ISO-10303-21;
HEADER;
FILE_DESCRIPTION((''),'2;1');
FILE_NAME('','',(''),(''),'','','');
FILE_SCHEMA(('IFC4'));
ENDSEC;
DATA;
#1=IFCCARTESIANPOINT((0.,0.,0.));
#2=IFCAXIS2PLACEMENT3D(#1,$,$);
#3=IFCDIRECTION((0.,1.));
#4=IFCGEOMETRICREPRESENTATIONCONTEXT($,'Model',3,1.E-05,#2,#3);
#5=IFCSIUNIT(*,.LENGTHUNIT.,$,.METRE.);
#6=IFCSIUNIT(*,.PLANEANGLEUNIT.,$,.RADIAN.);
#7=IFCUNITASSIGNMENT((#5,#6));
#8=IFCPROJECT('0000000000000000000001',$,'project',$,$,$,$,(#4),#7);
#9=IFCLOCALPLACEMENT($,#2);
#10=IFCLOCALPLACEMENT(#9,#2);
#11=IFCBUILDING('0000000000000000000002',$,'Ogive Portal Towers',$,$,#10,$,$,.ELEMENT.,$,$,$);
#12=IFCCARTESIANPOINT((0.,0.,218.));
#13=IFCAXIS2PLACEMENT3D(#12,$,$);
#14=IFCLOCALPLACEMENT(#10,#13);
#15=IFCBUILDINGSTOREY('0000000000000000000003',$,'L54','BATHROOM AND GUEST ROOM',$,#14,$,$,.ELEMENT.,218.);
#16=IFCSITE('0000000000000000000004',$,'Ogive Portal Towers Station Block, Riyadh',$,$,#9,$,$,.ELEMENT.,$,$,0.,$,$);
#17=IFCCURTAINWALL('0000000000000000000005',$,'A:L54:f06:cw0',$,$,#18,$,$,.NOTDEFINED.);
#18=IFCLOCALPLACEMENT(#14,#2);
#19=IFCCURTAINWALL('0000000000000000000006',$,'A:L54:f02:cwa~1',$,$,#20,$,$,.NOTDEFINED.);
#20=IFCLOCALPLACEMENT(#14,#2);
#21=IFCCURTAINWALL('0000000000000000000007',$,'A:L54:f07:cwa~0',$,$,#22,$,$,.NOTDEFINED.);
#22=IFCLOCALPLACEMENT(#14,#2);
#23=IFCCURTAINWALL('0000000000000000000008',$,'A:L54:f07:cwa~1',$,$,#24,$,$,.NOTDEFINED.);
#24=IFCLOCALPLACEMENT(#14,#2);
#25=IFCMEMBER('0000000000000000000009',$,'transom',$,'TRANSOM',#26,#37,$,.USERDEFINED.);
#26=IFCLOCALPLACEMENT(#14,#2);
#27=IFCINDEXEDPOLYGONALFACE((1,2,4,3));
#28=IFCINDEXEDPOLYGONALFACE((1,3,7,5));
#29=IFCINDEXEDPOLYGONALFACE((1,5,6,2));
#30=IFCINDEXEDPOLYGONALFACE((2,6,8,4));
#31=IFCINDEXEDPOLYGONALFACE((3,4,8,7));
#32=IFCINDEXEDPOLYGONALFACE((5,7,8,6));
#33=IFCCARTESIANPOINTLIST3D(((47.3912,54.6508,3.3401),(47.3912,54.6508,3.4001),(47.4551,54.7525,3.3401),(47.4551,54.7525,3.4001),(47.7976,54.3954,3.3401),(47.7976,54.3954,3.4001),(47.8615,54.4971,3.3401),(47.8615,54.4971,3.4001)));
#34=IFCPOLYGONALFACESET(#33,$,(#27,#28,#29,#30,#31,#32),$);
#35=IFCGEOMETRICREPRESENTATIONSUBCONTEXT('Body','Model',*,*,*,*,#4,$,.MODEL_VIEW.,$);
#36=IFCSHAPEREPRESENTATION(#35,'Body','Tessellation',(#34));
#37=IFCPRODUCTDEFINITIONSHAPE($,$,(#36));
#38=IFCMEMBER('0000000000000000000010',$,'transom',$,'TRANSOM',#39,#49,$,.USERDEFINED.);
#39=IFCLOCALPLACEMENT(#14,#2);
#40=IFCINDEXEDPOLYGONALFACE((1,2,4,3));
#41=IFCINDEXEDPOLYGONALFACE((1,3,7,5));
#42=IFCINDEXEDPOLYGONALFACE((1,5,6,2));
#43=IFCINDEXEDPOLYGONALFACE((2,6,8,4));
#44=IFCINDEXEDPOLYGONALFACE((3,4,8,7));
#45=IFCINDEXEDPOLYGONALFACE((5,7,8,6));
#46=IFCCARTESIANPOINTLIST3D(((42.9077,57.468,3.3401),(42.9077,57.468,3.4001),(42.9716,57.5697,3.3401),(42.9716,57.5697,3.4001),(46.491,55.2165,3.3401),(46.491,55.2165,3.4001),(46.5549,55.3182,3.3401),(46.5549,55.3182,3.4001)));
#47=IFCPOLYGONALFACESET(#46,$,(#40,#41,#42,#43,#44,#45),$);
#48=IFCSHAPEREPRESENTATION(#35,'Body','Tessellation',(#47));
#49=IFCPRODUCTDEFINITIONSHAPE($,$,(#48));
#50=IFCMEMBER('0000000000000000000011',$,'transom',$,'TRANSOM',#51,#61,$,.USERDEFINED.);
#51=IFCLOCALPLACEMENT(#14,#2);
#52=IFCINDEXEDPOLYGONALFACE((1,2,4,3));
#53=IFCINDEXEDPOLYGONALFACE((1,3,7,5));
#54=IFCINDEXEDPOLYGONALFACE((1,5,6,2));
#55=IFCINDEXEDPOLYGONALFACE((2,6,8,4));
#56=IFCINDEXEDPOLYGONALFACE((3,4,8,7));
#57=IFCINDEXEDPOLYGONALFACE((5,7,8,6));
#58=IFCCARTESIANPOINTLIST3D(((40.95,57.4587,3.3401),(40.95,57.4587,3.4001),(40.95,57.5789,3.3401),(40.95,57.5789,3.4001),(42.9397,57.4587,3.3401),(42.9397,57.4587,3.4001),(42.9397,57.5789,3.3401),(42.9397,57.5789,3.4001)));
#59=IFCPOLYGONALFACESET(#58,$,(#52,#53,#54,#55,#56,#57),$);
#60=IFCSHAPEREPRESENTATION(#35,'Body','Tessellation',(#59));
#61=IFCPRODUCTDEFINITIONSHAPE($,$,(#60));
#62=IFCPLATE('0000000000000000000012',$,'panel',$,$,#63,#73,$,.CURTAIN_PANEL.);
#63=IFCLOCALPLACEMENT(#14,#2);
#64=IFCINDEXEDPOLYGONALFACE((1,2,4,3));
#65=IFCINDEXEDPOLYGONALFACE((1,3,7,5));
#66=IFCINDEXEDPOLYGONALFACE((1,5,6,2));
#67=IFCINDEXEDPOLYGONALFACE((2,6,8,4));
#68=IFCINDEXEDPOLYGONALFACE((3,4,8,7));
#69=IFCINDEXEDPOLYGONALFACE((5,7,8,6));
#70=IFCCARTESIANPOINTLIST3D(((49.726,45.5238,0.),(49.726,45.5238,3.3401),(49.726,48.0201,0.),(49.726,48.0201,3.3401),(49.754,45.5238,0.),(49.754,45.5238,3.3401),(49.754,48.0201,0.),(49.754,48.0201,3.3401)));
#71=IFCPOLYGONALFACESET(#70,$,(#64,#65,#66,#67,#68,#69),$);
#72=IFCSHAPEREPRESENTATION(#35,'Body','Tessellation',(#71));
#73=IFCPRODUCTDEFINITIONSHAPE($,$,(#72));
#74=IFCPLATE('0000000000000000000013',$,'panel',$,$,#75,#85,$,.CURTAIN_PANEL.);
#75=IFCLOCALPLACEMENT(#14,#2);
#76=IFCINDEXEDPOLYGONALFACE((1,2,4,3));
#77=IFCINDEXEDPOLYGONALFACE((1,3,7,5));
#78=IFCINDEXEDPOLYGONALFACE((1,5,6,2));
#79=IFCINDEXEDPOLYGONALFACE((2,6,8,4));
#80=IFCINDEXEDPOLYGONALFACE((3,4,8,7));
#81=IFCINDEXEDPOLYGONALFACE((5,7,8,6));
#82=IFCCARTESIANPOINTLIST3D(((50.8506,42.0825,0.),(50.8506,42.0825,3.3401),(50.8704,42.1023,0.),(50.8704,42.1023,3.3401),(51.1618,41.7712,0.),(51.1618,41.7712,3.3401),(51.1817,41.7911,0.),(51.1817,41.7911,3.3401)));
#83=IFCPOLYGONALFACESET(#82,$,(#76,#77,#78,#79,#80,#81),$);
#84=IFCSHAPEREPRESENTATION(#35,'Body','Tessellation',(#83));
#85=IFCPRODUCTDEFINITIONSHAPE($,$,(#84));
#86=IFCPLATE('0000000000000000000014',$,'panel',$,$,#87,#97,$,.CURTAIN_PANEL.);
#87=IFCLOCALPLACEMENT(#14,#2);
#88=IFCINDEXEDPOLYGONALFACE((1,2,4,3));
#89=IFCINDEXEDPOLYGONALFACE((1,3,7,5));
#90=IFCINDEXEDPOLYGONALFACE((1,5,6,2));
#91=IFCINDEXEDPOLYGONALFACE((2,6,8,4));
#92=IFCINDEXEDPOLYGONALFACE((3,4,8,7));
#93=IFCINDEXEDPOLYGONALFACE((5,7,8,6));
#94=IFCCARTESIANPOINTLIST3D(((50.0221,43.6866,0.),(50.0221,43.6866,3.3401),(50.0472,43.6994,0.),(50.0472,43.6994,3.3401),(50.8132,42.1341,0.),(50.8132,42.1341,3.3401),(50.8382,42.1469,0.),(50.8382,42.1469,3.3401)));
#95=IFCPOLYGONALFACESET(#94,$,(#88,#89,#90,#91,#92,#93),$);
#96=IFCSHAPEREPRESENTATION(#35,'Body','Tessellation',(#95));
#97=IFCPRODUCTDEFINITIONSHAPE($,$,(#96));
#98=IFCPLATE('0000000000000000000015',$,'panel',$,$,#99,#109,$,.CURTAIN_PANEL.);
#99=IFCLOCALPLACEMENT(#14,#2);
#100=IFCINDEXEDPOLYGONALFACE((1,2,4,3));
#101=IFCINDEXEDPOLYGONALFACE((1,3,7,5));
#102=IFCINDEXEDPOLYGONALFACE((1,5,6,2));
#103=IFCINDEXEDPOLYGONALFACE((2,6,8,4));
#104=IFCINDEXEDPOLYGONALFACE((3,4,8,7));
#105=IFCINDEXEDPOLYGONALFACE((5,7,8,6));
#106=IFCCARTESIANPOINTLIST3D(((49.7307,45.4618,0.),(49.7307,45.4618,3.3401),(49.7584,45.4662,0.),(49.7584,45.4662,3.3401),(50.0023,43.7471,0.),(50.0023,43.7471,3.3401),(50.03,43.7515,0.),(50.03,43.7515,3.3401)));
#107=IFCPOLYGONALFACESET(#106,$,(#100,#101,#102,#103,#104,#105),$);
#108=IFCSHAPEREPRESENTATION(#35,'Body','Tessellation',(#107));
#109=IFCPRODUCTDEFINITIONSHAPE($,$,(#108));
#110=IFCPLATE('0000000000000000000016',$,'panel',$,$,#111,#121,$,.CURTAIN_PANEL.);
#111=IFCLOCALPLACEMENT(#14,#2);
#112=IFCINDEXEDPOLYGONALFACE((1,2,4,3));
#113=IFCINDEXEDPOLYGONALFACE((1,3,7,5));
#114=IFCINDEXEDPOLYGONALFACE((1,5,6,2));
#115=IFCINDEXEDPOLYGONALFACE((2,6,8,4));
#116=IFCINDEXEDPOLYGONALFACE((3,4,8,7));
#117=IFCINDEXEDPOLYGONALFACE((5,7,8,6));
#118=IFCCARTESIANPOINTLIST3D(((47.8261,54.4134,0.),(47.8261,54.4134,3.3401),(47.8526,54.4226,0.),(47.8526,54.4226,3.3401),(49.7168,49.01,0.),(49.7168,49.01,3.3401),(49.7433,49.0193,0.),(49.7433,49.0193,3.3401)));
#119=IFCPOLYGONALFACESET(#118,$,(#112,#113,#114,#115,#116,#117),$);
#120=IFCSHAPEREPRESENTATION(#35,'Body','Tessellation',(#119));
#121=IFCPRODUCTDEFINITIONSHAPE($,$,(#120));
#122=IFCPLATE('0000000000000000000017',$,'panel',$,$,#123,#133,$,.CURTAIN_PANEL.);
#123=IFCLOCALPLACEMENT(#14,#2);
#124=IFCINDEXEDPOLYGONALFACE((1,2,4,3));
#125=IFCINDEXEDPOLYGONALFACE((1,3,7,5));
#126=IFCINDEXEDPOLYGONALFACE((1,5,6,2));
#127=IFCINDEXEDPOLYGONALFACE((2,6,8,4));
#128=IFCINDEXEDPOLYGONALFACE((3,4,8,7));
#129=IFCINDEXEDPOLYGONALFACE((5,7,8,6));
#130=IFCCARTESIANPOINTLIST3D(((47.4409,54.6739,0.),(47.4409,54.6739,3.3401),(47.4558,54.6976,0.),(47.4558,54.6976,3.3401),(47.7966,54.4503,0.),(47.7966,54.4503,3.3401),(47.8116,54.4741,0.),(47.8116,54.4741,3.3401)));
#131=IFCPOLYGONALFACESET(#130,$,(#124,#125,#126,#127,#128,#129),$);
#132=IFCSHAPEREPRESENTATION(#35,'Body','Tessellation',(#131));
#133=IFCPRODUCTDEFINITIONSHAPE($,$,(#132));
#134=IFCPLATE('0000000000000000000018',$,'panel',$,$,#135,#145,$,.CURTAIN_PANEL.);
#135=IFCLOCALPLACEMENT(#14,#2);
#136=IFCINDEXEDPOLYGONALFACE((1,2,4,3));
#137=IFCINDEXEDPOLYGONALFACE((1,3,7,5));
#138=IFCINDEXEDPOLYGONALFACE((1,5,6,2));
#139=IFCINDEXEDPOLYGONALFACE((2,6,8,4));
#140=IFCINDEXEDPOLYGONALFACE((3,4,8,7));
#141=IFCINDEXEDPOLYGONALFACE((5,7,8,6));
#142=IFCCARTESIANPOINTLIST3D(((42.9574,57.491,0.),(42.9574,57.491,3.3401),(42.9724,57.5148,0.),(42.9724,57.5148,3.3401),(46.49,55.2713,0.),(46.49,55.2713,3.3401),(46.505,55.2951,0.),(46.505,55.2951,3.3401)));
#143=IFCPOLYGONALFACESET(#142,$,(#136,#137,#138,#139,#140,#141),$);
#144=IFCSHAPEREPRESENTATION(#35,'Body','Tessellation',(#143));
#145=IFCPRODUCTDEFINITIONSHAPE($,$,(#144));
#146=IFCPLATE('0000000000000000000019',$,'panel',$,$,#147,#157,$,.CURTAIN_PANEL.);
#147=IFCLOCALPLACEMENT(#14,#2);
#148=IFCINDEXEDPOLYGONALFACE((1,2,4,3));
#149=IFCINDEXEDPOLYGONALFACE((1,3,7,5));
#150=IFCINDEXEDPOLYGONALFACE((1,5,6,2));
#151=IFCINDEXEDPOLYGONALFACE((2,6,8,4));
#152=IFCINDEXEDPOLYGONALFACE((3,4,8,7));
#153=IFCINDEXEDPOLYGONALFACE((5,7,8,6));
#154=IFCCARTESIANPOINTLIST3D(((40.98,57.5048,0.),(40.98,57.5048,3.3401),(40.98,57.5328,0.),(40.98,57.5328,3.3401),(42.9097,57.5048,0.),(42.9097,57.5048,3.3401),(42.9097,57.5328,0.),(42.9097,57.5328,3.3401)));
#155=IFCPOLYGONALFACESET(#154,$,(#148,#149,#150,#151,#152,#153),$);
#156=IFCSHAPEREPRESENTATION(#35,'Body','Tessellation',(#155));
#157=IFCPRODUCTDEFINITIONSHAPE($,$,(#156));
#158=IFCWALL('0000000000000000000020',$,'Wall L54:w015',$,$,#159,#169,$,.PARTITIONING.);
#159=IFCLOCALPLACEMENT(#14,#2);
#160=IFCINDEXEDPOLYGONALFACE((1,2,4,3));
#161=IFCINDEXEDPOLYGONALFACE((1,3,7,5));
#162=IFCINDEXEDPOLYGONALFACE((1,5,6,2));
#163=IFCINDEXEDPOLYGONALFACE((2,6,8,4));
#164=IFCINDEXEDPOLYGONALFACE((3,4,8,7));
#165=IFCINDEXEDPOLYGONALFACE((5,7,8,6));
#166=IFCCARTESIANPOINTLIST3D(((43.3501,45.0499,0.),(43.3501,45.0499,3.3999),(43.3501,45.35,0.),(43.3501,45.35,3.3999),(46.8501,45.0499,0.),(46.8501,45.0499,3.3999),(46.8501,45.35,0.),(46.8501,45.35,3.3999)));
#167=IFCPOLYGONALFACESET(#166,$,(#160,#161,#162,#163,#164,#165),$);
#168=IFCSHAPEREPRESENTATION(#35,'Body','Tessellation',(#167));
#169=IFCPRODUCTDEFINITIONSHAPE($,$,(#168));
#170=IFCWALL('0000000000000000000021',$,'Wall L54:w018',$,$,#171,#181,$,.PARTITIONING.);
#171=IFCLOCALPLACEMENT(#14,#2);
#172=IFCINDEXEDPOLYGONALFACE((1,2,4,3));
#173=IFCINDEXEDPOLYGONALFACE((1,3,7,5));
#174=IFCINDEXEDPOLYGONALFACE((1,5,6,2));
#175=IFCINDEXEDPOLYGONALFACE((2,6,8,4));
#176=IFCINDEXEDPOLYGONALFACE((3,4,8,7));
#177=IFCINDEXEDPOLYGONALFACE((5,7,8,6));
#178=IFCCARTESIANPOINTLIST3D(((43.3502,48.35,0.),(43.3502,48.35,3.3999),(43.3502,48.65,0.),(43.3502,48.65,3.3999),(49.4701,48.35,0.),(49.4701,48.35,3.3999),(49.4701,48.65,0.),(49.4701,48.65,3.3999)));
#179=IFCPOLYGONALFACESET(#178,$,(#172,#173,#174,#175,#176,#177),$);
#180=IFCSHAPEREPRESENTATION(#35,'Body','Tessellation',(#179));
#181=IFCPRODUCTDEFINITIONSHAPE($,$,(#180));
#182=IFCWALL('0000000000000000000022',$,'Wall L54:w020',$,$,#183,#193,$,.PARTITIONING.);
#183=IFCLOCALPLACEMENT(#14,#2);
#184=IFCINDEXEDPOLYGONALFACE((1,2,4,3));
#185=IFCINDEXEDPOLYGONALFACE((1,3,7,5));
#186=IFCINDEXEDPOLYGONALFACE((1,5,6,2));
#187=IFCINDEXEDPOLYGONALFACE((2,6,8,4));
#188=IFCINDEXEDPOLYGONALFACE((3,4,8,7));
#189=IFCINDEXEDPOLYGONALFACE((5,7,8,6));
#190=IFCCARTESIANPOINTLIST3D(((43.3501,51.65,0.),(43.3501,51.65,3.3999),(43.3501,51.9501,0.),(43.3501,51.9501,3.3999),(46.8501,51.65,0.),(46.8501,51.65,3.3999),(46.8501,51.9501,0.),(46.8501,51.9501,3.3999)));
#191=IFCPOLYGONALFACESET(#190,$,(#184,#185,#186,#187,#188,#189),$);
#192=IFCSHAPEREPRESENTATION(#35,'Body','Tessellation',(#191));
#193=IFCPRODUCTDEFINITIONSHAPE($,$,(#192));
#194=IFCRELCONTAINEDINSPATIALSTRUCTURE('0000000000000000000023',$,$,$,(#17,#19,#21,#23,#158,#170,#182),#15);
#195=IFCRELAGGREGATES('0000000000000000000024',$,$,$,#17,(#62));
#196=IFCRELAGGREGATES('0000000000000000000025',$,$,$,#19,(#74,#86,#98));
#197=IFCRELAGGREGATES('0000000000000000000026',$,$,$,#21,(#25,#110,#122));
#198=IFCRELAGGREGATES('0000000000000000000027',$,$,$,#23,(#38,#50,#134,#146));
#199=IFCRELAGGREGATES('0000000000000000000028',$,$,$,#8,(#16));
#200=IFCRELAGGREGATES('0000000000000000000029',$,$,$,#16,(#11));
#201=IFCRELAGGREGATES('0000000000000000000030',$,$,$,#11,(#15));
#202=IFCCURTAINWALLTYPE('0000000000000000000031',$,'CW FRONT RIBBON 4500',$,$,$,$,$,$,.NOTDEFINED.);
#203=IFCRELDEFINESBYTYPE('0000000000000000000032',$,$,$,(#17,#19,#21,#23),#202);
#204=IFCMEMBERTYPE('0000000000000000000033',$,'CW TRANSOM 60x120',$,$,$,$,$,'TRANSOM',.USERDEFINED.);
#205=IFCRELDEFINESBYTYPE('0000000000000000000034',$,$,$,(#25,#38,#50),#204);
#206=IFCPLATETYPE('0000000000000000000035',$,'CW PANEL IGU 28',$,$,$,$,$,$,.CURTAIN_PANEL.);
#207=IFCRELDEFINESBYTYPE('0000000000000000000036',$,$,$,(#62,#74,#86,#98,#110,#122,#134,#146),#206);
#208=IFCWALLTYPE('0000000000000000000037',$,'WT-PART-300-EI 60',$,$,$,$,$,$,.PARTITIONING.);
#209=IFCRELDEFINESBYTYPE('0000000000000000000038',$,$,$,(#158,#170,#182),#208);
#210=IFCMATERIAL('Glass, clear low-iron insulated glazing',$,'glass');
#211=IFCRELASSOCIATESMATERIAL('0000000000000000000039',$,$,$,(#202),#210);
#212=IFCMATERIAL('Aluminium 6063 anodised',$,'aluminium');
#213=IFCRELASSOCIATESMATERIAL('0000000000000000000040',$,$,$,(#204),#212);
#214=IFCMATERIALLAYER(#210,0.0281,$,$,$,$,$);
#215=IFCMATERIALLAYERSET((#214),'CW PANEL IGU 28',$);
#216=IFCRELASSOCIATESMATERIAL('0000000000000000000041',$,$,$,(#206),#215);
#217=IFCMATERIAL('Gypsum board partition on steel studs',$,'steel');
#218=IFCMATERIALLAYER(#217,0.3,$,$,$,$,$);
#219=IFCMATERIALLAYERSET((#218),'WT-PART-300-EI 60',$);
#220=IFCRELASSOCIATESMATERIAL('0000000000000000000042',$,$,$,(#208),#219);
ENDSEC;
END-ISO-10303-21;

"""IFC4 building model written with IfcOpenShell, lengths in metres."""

from ifc_helpers import new_model, si_unit, direction, frame, frame_2d, origin, origin_2d, place, context, subcontext, project, spatial, rectangle, extrude, material, layer, layer_set, material_profile, profile_set, type_object, element, aggregate, save


model = new_model("IFC4")

# Units and contexts
model_context = context("Model", 3, precision=1e-05, world=origin(), true_north=direction((0.0, 1.0)))
body_context = subcontext(model_context, "Body", "Model", "MODEL_VIEW")
ifc_project = project(units=[si_unit("LENGTHUNIT", "METRE"), si_unit("PLANEANGLEUNIT", "RADIAN")], contexts=[model_context])

# Site, building, storey
site_placement = place(None, origin())
site = spatial("IfcSite", under=ifc_project, at=site_placement, Name="Ogive Portal Towers Station Block, Riyadh", CompositionType="ELEMENT", RefElevation=0.0)
building_placement = place(site_placement, origin())
building = spatial("IfcBuilding", under=site, at=building_placement, Name="Ogive Portal Towers", CompositionType="ELEMENT")
storey_placement = place(building_placement, frame((0.0, 0.0, 218.0)))
storey = spatial("IfcBuildingStorey", under=building, at=storey_placement, Name="L54", Description="BATHROOM AND GUEST ROOM", CompositionType="ELEMENT", Elevation=218.0)

# Curtain walls
ifc_material_1 = material(Name="Glass, clear low-iron insulated glazing", Category="glass")
curtain_wall_type = type_object("IfcCurtainWallType", Name="CW FRONT RIBBON 4500", PredefinedType="NOTDEFINED", material=ifc_material_1)
curtain_wall_1_placement = place(storey_placement, origin())
curtain_wall_1 = element("IfcCurtainWall", 1, at=curtain_wall_1_placement, inside=storey, type_object=curtain_wall_type, Name="A:L54:f06:cw0", PredefinedType="NOTDEFINED")
ifc_material_2 = material(Name="Aluminium 6063 anodised", Category="aluminium")
curtain_wall_2_placement = place(storey_placement, origin())
curtain_wall_2 = element("IfcCurtainWall", 2, at=curtain_wall_2_placement, inside=storey, type_object=curtain_wall_type, Name="A:L54:f02:cwa~1", PredefinedType="NOTDEFINED")
curtain_wall_3_placement = place(storey_placement, origin())
curtain_wall_3 = element("IfcCurtainWall", 3, at=curtain_wall_3_placement, inside=storey, type_object=curtain_wall_type, Name="A:L54:f07:cwa~0", PredefinedType="NOTDEFINED")
curtain_wall_4_placement = place(storey_placement, origin())
curtain_wall_4 = element("IfcCurtainWall", 4, at=curtain_wall_4_placement, inside=storey, type_object=curtain_wall_type, Name="A:L54:f07:cwa~1", PredefinedType="NOTDEFINED")

# Members
ifc_material_profile_1 = material_profile(ifc_material_2, rectangle(XDim=0.1201, YDim=0.0601, at=origin_2d()), Name="AL 120x60")
ifc_profile_set_1 = profile_set([ifc_material_profile_1], Name="Aluminium 6063 anodised")
member_type_1 = type_object("IfcMemberType", Name="CW TRANSOM 60x120", ElementType="TRANSOM", PredefinedType="USERDEFINED", material=ifc_profile_set_1)
member_1_placement = place(storey_placement, frame((47.8296, 54.4463, 3.3701), z_axis=(-0.846767, 0.531963, 0.0), x_axis=(-0.531963, -0.846767, 0.0)))
member_1 = element("IfcMember", 5, at=member_1_placement, type_object=member_type_1, Name="transom", ObjectType="TRANSOM", PredefinedType="USERDEFINED", context=body_context, shape_type="SweptSolid", body=[
    extrude(rectangle(XDim=0.1201, YDim=0.0601, at=origin_2d()), origin(), (0.0, 0.0, 1.0), 0.48),
])
member_2_placement = place(storey_placement, frame((46.5229, 55.2673, 3.3701), z_axis=(-0.846729, 0.532025, 0.0), x_axis=(-0.532025, -0.846729, 0.0)))
member_2 = element("IfcMember", 6, at=member_2_placement, type_object=member_type_1, Name="transom", ObjectType="TRANSOM", PredefinedType="USERDEFINED", context=body_context, shape_type="SweptSolid", body=[
    extrude(rectangle(XDim=0.1201, YDim=0.0601, at=origin_2d()), origin(), (0.0, 0.0, 1.0), 4.2319),
])
member_3_placement = place(storey_placement, frame((42.9397, 57.5188, 3.3701), z_axis=(-1.0, 0.0, 0.0), x_axis=(0.0, -1.0, 0.0)))
member_3 = element("IfcMember", 7, at=member_3_placement, type_object=member_type_1, Name="transom", ObjectType="TRANSOM", PredefinedType="USERDEFINED", context=body_context, shape_type="SweptSolid", body=[
    extrude(rectangle(XDim=0.1201, YDim=0.0601, at=origin_2d()), origin(), (0.0, 0.0, 1.0), 1.9897),
])

# Plates
ifc_layer_1 = layer(ifc_material_1, 0.0281)
ifc_layer_set_1 = layer_set([ifc_layer_1], Name="CW PANEL IGU 28")
plate_type = type_object("IfcPlateType", Name="CW PANEL IGU 28", PredefinedType="CURTAIN_PANEL", material=ifc_layer_set_1)
plate_1_placement = place(storey_placement, frame((49.74, 46.772, 0.0), z_axis=(0.0, 0.0, 1.0), x_axis=(0.0, 1.0, 0.0)))
plate_1 = element("IfcPlate", 8, at=plate_1_placement, type_object=plate_type, Name="panel", PredefinedType="CURTAIN_PANEL", context=body_context, shape_type="SweptSolid", body=[
    extrude(rectangle(XDim=2.4963, YDim=0.0281, at=origin_2d()), origin(), (0.0, 0.0, 1.0), 3.3401),
])
aggregate(curtain_wall_1, [plate_1])
plate_2_placement = place(storey_placement, frame((51.0161, 41.9368, 0.0), z_axis=(0.0, 0.0, 1.0), x_axis=(-0.707107, 0.707107, 0.0)))
plate_2 = element("IfcPlate", 9, at=plate_2_placement, type_object=plate_type, Name="panel", PredefinedType="CURTAIN_PANEL", context=body_context, shape_type="SweptSolid", body=[
    extrude(rectangle(XDim=0.4402, YDim=0.0281, at=origin_2d()), origin(), (0.0, 0.0, 1.0), 3.3401),
])
plate_3_placement = place(storey_placement, frame((50.4302, 42.9167, 0.0), z_axis=(0.0, 0.0, 1.0), x_axis=(-0.45399, 0.891007, 0.0)))
plate_3 = element("IfcPlate", 10, at=plate_3_placement, type_object=plate_type, Name="panel", PredefinedType="CURTAIN_PANEL", context=body_context, shape_type="SweptSolid", body=[
    extrude(rectangle(XDim=1.7424, YDim=0.0281, at=origin_2d()), origin(), (0.0, 0.0, 1.0), 3.3401),
])
plate_4_placement = place(storey_placement, frame((49.8804, 44.6067, 0.0), z_axis=(0.0, 0.0, 1.0), x_axis=(-0.156434, 0.987688, 0.0)))
plate_4 = element("IfcPlate", 11, at=plate_4_placement, type_object=plate_type, Name="panel", PredefinedType="CURTAIN_PANEL", context=body_context, shape_type="SweptSolid", body=[
    extrude(rectangle(XDim=1.7361, YDim=0.0281, at=origin_2d()), origin(), (0.0, 0.0, 1.0), 3.3401),
])
aggregate(curtain_wall_2, [plate_2, plate_3, plate_4])
plate_5_placement = place(storey_placement, frame((48.7847, 51.7163, 0.0), z_axis=(0.0, 0.0, 1.0), x_axis=(-0.330279, 0.943883, 0.0)))
plate_5 = element("IfcPlate", 12, at=plate_5_placement, type_object=plate_type, Name="panel", PredefinedType="CURTAIN_PANEL", context=body_context, shape_type="SweptSolid", body=[
    extrude(rectangle(XDim=5.7246, YDim=0.0281, at=origin_2d()), origin(), (0.0, 0.0, 1.0), 3.3401),
])
plate_6_placement = place(storey_placement, frame((47.6262, 54.574, 0.0), z_axis=(0.0, 0.0, 1.0), x_axis=(-0.846724, 0.532032, 0.0)))
plate_6 = element("IfcPlate", 13, at=plate_6_placement, type_object=plate_type, Name="panel", PredefinedType="CURTAIN_PANEL", context=body_context, shape_type="SweptSolid", body=[
    extrude(rectangle(XDim=0.4202, YDim=0.0281, at=origin_2d()), origin(), (0.0, 0.0, 1.0), 3.3401),
])
aggregate(curtain_wall_3, [member_1, plate_5, plate_6])
plate_7_placement = place(storey_placement, frame((44.7312, 56.3931, 0.0), z_axis=(0.0, 0.0, 1.0), x_axis=(-0.846724, 0.532032, 0.0)))
plate_7 = element("IfcPlate", 14, at=plate_7_placement, type_object=plate_type, Name="panel", PredefinedType="CURTAIN_PANEL", context=body_context, shape_type="SweptSolid", body=[
    extrude(rectangle(XDim=4.1721, YDim=0.0281, at=origin_2d()), origin(), (0.0, 0.0, 1.0), 3.3401),
])
plate_8_placement = place(storey_placement, frame((41.9448, 57.5188, 0.0), z_axis=(0.0, 0.0, 1.0), x_axis=(-1.0, 0.0, 0.0)))
plate_8 = element("IfcPlate", 15, at=plate_8_placement, type_object=plate_type, Name="panel", PredefinedType="CURTAIN_PANEL", context=body_context, shape_type="SweptSolid", body=[
    extrude(rectangle(XDim=1.9297, YDim=0.0281, at=origin_2d()), origin(), (0.0, 0.0, 1.0), 3.3401),
])
aggregate(curtain_wall_4, [member_2, member_3, plate_7, plate_8])

# Walls
ifc_material_3 = material(Name="Gypsum board partition on steel studs", Category="steel")
ifc_layer_2 = layer(ifc_material_3, 0.3)
ifc_layer_set_2 = layer_set([ifc_layer_2], Name="WT-PART-300-EI 60")
wall_type = type_object("IfcWallType", Name="WT-PART-300-EI 60", PredefinedType="PARTITIONING", material=ifc_layer_set_2)
wall_1_placement = place(storey_placement, frame((43.3501, 45.2, 0.0), z_axis=(0.0, 0.0, 1.0), x_axis=(1.0, 0.0, 0.0)))
element("IfcWall", 16, at=wall_1_placement, inside=storey, type_object=wall_type, Name="Wall L54:w015", PredefinedType="PARTITIONING", context=body_context, shape_type="SweptSolid", body=[
    extrude(rectangle(XDim=3.5, YDim=0.3, at=frame_2d((1.75, 0.0))), origin(), (0.0, 0.0, 1.0), 3.3999),
])
wall_2_placement = place(storey_placement, frame((43.3501, 48.5, 0.0), z_axis=(0.0, 0.0, 1.0), x_axis=(1.0, 0.0, 0.0)))
element("IfcWall", 17, at=wall_2_placement, inside=storey, type_object=wall_type, Name="Wall L54:w018", PredefinedType="PARTITIONING", context=body_context, shape_type="SweptSolid", body=[
    extrude(rectangle(XDim=6.1199, YDim=0.3, at=frame_2d((3.0601, 0.0))), origin(), (0.0, 0.0, 1.0), 3.3999),
])
wall_3_placement = place(storey_placement, frame((43.3501, 51.8, 0.0), z_axis=(0.0, 0.0, 1.0), x_axis=(1.0, 0.0, 0.0)))
element("IfcWall", 18, at=wall_3_placement, inside=storey, type_object=wall_type, Name="Wall L54:w020", PredefinedType="PARTITIONING", context=body_context, shape_type="SweptSolid", body=[
    extrude(rectangle(XDim=3.5, YDim=0.3, at=frame_2d((1.75, 0.0))), origin(), (0.0, 0.0, 1.0), 3.3999),
])

save(model, "model.ifc")
